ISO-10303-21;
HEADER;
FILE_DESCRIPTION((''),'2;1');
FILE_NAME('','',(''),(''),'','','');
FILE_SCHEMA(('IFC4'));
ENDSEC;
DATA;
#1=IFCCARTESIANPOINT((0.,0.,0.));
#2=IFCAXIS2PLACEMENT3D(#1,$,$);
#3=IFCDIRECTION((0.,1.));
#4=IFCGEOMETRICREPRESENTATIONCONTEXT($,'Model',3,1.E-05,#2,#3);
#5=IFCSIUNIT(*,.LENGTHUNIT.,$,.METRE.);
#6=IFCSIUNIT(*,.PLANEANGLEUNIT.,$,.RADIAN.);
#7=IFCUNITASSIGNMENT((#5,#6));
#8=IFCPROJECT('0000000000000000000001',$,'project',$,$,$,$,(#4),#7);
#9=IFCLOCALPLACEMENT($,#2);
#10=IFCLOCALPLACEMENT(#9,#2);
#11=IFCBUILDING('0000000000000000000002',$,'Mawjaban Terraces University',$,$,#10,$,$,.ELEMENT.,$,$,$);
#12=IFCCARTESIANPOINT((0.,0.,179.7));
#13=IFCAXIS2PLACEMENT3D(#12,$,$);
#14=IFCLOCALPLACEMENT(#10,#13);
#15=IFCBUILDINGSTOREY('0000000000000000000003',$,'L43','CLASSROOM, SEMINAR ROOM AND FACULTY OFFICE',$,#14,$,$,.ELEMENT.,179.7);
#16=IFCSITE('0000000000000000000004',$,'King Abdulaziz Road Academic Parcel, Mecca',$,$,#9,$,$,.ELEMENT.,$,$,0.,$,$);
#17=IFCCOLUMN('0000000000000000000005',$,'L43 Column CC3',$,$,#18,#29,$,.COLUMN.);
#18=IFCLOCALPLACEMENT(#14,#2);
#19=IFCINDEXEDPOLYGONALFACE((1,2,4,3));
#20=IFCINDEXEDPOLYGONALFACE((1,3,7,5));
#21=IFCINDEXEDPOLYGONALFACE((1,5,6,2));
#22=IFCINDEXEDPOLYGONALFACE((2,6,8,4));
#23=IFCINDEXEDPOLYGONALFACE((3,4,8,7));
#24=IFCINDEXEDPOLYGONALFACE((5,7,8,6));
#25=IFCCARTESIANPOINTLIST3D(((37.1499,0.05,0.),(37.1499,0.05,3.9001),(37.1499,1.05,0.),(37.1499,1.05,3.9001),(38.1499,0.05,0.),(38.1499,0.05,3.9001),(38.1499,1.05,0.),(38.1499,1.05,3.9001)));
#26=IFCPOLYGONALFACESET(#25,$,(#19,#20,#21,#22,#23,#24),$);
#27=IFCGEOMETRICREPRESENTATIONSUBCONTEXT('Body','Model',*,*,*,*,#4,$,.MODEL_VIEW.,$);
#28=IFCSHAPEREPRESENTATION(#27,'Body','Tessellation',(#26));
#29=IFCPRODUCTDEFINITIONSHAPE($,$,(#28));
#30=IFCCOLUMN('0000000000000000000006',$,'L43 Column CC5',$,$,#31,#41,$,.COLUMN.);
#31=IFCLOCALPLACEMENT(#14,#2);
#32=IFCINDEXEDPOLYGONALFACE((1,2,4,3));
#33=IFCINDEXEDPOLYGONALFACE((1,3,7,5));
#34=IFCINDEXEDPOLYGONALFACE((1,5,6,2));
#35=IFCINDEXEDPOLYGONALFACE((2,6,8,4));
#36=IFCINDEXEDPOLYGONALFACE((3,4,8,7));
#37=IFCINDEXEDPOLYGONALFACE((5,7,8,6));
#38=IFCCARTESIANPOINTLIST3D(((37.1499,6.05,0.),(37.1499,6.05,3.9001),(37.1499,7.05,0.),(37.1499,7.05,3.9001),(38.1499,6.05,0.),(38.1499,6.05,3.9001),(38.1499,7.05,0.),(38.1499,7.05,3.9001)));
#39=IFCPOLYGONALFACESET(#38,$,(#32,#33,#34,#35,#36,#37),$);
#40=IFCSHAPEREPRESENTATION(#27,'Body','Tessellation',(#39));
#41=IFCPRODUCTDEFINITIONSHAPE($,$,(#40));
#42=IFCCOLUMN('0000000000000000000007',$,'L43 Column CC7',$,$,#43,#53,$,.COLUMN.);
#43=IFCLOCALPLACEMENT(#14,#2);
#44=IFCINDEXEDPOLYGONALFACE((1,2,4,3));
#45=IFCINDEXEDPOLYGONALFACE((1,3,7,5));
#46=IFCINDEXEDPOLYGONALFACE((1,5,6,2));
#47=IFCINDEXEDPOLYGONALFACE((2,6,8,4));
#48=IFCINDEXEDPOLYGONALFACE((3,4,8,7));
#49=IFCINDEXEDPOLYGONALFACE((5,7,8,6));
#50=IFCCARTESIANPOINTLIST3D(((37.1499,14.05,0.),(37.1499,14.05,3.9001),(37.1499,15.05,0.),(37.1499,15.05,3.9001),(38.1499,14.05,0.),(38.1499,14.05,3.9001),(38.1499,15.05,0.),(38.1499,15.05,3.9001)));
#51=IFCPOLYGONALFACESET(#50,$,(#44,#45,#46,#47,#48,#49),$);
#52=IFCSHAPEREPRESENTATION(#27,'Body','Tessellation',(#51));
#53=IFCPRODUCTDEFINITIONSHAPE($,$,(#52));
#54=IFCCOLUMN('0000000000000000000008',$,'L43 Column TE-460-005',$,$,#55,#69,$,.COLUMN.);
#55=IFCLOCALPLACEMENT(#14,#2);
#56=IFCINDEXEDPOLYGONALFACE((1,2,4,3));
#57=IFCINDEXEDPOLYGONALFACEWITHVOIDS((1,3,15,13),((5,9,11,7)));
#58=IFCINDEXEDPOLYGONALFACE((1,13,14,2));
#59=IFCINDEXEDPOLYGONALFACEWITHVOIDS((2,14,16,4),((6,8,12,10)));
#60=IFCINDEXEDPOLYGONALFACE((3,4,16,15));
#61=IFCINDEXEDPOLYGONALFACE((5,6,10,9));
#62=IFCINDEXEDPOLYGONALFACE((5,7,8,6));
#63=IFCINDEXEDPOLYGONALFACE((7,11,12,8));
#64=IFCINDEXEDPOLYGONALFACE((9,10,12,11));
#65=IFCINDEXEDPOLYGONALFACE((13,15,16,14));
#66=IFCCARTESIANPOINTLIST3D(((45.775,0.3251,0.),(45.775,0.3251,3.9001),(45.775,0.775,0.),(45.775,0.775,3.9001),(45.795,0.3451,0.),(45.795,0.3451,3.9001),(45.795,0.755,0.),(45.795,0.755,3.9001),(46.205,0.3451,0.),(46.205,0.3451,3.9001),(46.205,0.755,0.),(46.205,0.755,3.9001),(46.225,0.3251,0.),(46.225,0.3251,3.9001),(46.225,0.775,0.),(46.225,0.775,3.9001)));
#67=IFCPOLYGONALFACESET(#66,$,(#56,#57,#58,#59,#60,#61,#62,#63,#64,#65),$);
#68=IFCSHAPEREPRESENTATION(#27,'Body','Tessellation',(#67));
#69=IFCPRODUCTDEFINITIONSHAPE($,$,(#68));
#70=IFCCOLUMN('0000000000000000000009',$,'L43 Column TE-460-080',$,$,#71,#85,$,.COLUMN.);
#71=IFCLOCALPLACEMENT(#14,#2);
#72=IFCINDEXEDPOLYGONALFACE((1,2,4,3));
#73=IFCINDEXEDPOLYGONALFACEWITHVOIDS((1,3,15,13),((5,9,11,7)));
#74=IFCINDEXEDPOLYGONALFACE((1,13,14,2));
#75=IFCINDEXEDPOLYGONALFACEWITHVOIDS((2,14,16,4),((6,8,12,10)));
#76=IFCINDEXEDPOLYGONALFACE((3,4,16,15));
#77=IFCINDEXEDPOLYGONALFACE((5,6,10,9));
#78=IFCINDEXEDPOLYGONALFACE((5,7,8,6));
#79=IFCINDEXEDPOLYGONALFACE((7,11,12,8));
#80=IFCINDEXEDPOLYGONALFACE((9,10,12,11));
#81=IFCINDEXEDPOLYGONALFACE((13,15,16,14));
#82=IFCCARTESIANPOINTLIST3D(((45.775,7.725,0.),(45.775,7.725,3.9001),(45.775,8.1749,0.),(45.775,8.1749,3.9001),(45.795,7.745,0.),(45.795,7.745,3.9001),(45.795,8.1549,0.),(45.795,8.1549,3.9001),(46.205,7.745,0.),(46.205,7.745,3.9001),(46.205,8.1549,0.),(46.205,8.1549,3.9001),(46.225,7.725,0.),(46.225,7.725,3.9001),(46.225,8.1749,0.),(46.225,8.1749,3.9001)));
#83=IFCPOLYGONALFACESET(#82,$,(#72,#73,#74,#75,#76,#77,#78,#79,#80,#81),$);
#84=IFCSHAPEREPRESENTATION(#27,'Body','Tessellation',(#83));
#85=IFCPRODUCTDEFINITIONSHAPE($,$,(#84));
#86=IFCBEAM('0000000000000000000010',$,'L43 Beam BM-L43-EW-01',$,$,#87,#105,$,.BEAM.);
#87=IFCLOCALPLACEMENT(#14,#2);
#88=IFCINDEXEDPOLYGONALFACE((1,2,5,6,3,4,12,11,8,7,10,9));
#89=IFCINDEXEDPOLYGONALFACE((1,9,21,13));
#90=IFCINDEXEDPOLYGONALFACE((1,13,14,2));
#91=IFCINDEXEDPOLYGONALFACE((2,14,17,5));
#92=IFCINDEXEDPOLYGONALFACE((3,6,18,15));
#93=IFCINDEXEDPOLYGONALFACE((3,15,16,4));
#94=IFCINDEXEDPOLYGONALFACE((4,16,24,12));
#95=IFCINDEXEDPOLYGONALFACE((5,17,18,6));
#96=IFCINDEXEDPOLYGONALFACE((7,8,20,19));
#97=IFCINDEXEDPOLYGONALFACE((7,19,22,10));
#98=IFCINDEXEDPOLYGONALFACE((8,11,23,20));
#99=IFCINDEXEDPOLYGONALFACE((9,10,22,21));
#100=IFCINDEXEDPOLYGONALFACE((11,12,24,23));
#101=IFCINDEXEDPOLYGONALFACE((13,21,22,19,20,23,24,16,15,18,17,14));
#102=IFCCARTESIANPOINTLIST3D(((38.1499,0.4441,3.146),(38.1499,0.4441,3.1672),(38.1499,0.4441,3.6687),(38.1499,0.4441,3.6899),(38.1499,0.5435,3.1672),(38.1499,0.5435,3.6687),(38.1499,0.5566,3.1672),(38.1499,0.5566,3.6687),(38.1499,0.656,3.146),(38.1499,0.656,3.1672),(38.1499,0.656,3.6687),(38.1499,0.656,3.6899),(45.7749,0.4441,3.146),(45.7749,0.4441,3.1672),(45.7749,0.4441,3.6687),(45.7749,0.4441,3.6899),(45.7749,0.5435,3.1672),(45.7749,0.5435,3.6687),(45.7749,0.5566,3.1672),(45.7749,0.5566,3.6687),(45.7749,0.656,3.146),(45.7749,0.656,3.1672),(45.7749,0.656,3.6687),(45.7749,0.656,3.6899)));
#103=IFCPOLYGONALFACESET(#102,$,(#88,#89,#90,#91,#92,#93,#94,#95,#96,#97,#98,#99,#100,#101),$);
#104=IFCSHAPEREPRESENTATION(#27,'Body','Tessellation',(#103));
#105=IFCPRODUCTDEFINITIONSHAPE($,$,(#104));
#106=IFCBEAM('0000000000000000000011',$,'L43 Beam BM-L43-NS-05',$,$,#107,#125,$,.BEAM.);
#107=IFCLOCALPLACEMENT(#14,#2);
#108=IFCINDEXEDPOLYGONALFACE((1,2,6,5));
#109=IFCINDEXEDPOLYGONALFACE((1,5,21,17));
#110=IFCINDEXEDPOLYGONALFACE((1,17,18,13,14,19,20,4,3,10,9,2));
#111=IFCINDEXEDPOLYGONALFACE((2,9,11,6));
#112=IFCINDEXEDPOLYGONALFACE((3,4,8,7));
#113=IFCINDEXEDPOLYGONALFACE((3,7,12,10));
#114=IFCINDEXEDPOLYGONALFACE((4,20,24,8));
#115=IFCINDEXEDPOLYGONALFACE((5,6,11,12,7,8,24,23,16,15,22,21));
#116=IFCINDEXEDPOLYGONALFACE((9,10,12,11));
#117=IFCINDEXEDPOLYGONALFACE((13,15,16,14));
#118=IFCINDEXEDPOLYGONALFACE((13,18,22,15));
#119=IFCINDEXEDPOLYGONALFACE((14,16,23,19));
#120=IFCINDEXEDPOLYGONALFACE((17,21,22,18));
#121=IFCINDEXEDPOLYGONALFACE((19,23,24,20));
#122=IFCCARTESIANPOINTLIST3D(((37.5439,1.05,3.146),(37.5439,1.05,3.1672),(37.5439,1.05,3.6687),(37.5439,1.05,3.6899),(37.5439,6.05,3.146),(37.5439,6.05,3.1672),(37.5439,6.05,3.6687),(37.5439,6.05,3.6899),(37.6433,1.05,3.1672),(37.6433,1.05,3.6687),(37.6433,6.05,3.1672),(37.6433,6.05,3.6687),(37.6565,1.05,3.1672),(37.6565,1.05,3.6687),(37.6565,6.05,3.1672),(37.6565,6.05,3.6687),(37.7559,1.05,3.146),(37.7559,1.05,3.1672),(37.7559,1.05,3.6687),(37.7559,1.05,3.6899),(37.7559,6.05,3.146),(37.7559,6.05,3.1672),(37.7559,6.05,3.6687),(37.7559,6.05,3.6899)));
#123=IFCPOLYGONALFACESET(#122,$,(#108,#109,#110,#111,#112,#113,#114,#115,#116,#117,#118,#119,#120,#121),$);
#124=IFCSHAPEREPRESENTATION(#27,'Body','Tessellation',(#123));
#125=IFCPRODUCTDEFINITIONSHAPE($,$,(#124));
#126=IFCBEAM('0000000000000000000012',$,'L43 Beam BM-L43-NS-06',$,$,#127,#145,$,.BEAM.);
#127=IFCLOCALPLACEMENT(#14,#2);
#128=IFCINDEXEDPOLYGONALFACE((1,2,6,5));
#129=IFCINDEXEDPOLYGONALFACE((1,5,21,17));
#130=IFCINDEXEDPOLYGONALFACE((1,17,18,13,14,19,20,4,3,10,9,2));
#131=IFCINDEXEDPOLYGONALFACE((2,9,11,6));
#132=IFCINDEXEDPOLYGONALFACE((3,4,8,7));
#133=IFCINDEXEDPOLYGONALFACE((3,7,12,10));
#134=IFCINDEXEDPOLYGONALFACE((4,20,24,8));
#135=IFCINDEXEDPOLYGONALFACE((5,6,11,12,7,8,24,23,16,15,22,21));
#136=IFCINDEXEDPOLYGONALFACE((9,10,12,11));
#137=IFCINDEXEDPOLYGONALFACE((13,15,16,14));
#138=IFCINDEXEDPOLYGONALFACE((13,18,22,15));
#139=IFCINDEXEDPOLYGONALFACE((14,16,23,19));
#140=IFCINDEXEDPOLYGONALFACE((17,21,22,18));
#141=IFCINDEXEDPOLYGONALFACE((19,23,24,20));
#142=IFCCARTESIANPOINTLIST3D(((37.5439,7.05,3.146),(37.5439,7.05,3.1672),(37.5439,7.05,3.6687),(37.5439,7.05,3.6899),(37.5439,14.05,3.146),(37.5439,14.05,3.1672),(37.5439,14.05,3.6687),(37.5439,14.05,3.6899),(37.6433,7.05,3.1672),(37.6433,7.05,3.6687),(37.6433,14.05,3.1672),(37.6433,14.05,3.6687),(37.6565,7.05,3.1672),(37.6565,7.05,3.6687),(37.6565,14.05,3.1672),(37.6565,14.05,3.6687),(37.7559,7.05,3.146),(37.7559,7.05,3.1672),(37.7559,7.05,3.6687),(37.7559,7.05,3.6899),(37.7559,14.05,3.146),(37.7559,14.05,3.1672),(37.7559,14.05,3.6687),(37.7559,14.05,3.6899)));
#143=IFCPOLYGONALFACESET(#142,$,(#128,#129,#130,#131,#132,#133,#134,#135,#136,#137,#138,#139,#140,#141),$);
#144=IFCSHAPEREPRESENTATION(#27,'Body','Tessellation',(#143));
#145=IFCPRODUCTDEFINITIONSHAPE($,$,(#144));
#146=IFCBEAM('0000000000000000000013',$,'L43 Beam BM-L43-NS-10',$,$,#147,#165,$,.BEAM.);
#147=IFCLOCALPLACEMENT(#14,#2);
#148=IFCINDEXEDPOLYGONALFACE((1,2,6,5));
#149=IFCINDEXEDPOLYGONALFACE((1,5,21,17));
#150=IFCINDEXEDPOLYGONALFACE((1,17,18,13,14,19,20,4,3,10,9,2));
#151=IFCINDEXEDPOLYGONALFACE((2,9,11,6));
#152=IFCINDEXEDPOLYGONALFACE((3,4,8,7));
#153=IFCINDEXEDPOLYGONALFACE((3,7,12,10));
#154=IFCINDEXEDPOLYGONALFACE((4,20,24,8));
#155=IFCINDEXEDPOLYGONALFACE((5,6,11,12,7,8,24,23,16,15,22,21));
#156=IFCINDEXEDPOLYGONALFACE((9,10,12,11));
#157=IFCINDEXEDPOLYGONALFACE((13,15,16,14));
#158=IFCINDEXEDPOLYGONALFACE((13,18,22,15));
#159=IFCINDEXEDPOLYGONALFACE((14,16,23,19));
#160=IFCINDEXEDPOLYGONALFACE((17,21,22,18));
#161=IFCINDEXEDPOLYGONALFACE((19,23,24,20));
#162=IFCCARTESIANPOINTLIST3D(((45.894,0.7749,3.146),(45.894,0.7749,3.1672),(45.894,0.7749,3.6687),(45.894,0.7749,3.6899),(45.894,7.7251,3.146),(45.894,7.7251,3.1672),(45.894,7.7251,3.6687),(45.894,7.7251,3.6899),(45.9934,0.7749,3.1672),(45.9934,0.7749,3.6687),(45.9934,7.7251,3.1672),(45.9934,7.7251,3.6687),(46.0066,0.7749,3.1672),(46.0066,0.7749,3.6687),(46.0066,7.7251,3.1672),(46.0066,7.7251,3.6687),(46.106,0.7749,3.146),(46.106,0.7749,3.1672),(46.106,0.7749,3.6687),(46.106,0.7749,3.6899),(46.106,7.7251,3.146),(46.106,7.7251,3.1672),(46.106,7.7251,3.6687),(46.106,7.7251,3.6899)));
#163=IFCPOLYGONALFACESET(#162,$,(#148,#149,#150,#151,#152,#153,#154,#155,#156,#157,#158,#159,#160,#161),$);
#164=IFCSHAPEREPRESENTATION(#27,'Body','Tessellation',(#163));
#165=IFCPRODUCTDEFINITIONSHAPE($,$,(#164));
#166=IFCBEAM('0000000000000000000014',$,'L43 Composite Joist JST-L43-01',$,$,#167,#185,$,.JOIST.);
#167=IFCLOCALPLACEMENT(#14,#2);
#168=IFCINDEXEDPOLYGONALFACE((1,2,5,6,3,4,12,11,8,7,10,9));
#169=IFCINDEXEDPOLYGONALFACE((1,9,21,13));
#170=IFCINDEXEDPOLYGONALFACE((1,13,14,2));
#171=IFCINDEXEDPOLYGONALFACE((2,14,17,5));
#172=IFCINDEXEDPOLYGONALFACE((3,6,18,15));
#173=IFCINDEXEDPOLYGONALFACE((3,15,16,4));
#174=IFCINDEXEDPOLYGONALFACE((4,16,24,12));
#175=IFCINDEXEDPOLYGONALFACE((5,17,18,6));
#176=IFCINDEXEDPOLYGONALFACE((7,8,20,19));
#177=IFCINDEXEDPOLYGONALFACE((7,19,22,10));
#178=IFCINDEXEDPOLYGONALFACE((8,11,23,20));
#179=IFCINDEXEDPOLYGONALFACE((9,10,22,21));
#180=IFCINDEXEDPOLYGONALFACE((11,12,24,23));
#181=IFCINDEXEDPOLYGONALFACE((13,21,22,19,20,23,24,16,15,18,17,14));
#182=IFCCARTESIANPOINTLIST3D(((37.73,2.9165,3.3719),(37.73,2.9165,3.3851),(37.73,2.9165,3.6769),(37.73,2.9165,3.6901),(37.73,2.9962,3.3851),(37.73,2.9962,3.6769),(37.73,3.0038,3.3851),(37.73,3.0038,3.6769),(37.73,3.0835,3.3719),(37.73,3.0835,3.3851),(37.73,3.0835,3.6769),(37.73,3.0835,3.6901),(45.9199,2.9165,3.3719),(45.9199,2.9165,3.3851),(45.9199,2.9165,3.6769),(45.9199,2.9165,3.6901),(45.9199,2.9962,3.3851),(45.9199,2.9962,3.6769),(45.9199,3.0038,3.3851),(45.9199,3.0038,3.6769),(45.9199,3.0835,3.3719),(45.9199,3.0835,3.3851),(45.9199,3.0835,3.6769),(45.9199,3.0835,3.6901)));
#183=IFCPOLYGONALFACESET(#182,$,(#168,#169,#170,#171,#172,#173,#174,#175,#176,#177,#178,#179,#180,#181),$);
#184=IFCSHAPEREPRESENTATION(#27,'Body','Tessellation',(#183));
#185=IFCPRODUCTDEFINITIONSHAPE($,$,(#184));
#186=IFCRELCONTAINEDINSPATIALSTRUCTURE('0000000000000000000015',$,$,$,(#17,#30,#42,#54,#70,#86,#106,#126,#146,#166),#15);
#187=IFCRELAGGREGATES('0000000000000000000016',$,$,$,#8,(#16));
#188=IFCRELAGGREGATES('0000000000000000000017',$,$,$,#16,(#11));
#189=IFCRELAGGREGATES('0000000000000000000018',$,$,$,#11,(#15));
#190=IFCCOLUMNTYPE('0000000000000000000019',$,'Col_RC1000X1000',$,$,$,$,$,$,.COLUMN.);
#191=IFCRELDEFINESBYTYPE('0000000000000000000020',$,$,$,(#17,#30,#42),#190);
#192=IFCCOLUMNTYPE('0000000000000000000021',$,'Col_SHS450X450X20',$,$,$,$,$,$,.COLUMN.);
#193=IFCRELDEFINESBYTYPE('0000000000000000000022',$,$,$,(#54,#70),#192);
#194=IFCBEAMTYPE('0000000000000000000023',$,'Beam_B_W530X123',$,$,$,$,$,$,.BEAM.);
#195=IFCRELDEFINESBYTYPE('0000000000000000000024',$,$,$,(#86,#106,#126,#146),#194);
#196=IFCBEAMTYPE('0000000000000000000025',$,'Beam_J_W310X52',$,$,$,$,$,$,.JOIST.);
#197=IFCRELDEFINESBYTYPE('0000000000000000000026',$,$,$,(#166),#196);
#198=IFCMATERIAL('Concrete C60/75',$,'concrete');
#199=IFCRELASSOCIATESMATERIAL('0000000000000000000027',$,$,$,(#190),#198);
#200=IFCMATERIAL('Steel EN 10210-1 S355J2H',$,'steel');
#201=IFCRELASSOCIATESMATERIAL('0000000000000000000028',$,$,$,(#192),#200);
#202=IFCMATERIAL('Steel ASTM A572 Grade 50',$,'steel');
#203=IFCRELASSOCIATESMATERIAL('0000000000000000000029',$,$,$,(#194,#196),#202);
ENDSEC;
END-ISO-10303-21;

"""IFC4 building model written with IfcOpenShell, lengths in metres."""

from ifc_helpers import new_model, si_unit, direction, frame, origin, origin_2d, place, context, subcontext, project, spatial, rectangle, hollow_rectangle, i_section, extrude, material, material_profile, profile_set, type_object, element, save


model = new_model("IFC4")

# Units and contexts
model_context = context("Model", 3, precision=1e-05, world=origin(), true_north=direction((0.0, 1.0)))
body_context = subcontext(model_context, "Body", "Model", "MODEL_VIEW")
ifc_project = project(units=[si_unit("LENGTHUNIT", "METRE"), si_unit("PLANEANGLEUNIT", "RADIAN")], contexts=[model_context])

# Site, building, storey
site_placement = place(None, origin())
site = spatial("IfcSite", under=ifc_project, at=site_placement, Name="King Abdulaziz Road Academic Parcel, Mecca", CompositionType="ELEMENT", RefElevation=0.0)
building_placement = place(site_placement, origin())
building = spatial("IfcBuilding", under=site, at=building_placement, Name="Mawjaban Terraces University", CompositionType="ELEMENT")
storey_placement = place(building_placement, frame((0.0, 0.0, 179.7)))
storey = spatial("IfcBuildingStorey", under=building, at=storey_placement, Name="L43", Description="CLASSROOM, SEMINAR ROOM AND FACULTY OFFICE", CompositionType="ELEMENT", Elevation=179.7)

# Columns
ifc_material_1 = material(Name="Concrete C60/75", Category="concrete")
ifc_material_profile_1 = material_profile(ifc_material_1, rectangle(XDim=1.0, YDim=1.0, at=origin_2d()), Name="RC1000X1000")
ifc_profile_set_1 = profile_set([ifc_material_profile_1], Name="Concrete C60/75")
column_type_1 = type_object("IfcColumnType", Name="Col_RC1000X1000", PredefinedType="COLUMN", material=ifc_profile_set_1)
for number, where, z_axis, x_axis, name in (
    (1, (37.6499, 0.55, 0.0), (0.0, 0.0, 1.0), (1.0, 0.0, 0.0), "L43 Column CC3"),
    (2, (37.6499, 6.55, 0.0), (0.0, 0.0, 1.0), (1.0, 0.0, 0.0), "L43 Column CC5"),
    (3, (37.6499, 14.55, 0.0), (0.0, 0.0, 1.0), (1.0, 0.0, 0.0), "L43 Column CC7"),
):
    element("IfcColumn", number, at=place(storey_placement, frame(where, z_axis=z_axis, x_axis=x_axis)), inside=storey, type_object=column_type_1, Name=name, PredefinedType="COLUMN", context=body_context, shape_type="SweptSolid", body=[
        extrude(rectangle(XDim=1.0, YDim=1.0, at=origin_2d()), origin(), (0.0, 0.0, 1.0), 3.9001),
    ])
ifc_material_2 = material(Name="Steel EN 10210-1 S355J2H", Category="steel")
ifc_material_profile_2 = material_profile(ifc_material_2, hollow_rectangle(XDim=0.45, YDim=0.45, WallThickness=0.02, at=origin_2d()), Name="SHS450X450X20")
ifc_profile_set_2 = profile_set([ifc_material_profile_2], Name="Steel EN 10210-1 S355J2H")
column_type_2 = type_object("IfcColumnType", Name="Col_SHS450X450X20", PredefinedType="COLUMN", material=ifc_profile_set_2)
for number, where, z_axis, x_axis, name in (
    (4, (46.0, 0.55, 0.0), (0.0, 0.0, 1.0), (1.0, 0.0, 0.0), "L43 Column TE-460-005"),
    (5, (46.0, 7.95, 0.0), (0.0, 0.0, 1.0), (1.0, 0.0, 0.0), "L43 Column TE-460-080"),
):
    element("IfcColumn", number, at=place(storey_placement, frame(where, z_axis=z_axis, x_axis=x_axis)), inside=storey, type_object=column_type_2, Name=name, PredefinedType="COLUMN", context=body_context, shape_type="SweptSolid", body=[
        extrude(hollow_rectangle(XDim=0.45, YDim=0.45, WallThickness=0.02, at=origin_2d()), origin(), (0.0, 0.0, 1.0), 3.9001),
    ])

# Beams
ifc_material_3 = material(Name="Steel ASTM A572 Grade 50", Category="steel")
ifc_material_profile_3 = material_profile(ifc_material_3, i_section(OverallWidth=0.2119, OverallDepth=0.5439, WebThickness=0.0132, FlangeThickness=0.0212, at=origin_2d()), Name="W530X123")
ifc_profile_set_3 = profile_set([ifc_material_profile_3], Name="Steel ASTM A572 Grade 50")
beam_type_1 = type_object("IfcBeamType", Name="Beam_B_W530X123", PredefinedType="BEAM", material=ifc_profile_set_3)
beam_1_placement = place(storey_placement, frame((38.1499, 0.55, 3.418), z_axis=(1.0, 0.0, 0.0), x_axis=(0.0, 1.0, 0.0)))
element("IfcBeam", 6, at=beam_1_placement, inside=storey, type_object=beam_type_1, Name="L43 Beam BM-L43-EW-01", PredefinedType="BEAM", context=body_context, shape_type="SweptSolid", body=[
    extrude(i_section(OverallWidth=0.2119, OverallDepth=0.5439, WebThickness=0.0132, FlangeThickness=0.0212, at=origin_2d()), origin(), (0.0, 0.0, 1.0), 7.625),
])
beam_2_placement = place(storey_placement, frame((37.6499, 1.05, 3.418), z_axis=(0.0, 1.0, 0.0), x_axis=(-1.0, 0.0, 0.0)))
element("IfcBeam", 7, at=beam_2_placement, inside=storey, type_object=beam_type_1, Name="L43 Beam BM-L43-NS-05", PredefinedType="BEAM", context=body_context, shape_type="SweptSolid", body=[
    extrude(i_section(OverallWidth=0.2119, OverallDepth=0.5439, WebThickness=0.0132, FlangeThickness=0.0212, at=origin_2d()), origin(), (0.0, 0.0, 1.0), 5.0),
])
beam_3_placement = place(storey_placement, frame((37.6499, 7.05, 3.418), z_axis=(0.0, 1.0, 0.0), x_axis=(-1.0, 0.0, 0.0)))
element("IfcBeam", 8, at=beam_3_placement, inside=storey, type_object=beam_type_1, Name="L43 Beam BM-L43-NS-06", PredefinedType="BEAM", context=body_context, shape_type="SweptSolid", body=[
    extrude(i_section(OverallWidth=0.2119, OverallDepth=0.5439, WebThickness=0.0132, FlangeThickness=0.0212, at=origin_2d()), origin(), (0.0, 0.0, 1.0), 7.0),
])
beam_4_placement = place(storey_placement, frame((46.0, 0.7749, 3.418), z_axis=(0.0, 1.0, 0.0), x_axis=(-1.0, 0.0, 0.0)))
element("IfcBeam", 9, at=beam_4_placement, inside=storey, type_object=beam_type_1, Name="L43 Beam BM-L43-NS-10", PredefinedType="BEAM", context=body_context, shape_type="SweptSolid", body=[
    extrude(i_section(OverallWidth=0.2119, OverallDepth=0.5439, WebThickness=0.0132, FlangeThickness=0.0212, at=origin_2d()), origin(), (0.0, 0.0, 1.0), 6.9502),
])
ifc_material_profile_4 = material_profile(ifc_material_3, i_section(OverallWidth=0.167, OverallDepth=0.3181, WebThickness=0.0076, FlangeThickness=0.0132, at=origin_2d()), Name="W310X52")
ifc_profile_set_4 = profile_set([ifc_material_profile_4], Name="Steel ASTM A572 Grade 50")
beam_type_2 = type_object("IfcBeamType", Name="Beam_J_W310X52", PredefinedType="JOIST", material=ifc_profile_set_4)
for number, where, z_axis, x_axis, name in (
    (10, (37.73, 3.0, 3.531), (1.0, 0.0, 0.0), (0.0, 1.0, 0.0), "L43 Composite Joist JST-L43-01"),
):
    element("IfcBeam", number, at=place(storey_placement, frame(where, z_axis=z_axis, x_axis=x_axis)), inside=storey, type_object=beam_type_2, Name=name, PredefinedType="JOIST", context=body_context, shape_type="SweptSolid", body=[
        extrude(i_section(OverallWidth=0.167, OverallDepth=0.3181, WebThickness=0.0076, FlangeThickness=0.0132, at=origin_2d()), origin(), (0.0, 0.0, 1.0), 8.1899),
    ])

save(model, "model.ifc")
